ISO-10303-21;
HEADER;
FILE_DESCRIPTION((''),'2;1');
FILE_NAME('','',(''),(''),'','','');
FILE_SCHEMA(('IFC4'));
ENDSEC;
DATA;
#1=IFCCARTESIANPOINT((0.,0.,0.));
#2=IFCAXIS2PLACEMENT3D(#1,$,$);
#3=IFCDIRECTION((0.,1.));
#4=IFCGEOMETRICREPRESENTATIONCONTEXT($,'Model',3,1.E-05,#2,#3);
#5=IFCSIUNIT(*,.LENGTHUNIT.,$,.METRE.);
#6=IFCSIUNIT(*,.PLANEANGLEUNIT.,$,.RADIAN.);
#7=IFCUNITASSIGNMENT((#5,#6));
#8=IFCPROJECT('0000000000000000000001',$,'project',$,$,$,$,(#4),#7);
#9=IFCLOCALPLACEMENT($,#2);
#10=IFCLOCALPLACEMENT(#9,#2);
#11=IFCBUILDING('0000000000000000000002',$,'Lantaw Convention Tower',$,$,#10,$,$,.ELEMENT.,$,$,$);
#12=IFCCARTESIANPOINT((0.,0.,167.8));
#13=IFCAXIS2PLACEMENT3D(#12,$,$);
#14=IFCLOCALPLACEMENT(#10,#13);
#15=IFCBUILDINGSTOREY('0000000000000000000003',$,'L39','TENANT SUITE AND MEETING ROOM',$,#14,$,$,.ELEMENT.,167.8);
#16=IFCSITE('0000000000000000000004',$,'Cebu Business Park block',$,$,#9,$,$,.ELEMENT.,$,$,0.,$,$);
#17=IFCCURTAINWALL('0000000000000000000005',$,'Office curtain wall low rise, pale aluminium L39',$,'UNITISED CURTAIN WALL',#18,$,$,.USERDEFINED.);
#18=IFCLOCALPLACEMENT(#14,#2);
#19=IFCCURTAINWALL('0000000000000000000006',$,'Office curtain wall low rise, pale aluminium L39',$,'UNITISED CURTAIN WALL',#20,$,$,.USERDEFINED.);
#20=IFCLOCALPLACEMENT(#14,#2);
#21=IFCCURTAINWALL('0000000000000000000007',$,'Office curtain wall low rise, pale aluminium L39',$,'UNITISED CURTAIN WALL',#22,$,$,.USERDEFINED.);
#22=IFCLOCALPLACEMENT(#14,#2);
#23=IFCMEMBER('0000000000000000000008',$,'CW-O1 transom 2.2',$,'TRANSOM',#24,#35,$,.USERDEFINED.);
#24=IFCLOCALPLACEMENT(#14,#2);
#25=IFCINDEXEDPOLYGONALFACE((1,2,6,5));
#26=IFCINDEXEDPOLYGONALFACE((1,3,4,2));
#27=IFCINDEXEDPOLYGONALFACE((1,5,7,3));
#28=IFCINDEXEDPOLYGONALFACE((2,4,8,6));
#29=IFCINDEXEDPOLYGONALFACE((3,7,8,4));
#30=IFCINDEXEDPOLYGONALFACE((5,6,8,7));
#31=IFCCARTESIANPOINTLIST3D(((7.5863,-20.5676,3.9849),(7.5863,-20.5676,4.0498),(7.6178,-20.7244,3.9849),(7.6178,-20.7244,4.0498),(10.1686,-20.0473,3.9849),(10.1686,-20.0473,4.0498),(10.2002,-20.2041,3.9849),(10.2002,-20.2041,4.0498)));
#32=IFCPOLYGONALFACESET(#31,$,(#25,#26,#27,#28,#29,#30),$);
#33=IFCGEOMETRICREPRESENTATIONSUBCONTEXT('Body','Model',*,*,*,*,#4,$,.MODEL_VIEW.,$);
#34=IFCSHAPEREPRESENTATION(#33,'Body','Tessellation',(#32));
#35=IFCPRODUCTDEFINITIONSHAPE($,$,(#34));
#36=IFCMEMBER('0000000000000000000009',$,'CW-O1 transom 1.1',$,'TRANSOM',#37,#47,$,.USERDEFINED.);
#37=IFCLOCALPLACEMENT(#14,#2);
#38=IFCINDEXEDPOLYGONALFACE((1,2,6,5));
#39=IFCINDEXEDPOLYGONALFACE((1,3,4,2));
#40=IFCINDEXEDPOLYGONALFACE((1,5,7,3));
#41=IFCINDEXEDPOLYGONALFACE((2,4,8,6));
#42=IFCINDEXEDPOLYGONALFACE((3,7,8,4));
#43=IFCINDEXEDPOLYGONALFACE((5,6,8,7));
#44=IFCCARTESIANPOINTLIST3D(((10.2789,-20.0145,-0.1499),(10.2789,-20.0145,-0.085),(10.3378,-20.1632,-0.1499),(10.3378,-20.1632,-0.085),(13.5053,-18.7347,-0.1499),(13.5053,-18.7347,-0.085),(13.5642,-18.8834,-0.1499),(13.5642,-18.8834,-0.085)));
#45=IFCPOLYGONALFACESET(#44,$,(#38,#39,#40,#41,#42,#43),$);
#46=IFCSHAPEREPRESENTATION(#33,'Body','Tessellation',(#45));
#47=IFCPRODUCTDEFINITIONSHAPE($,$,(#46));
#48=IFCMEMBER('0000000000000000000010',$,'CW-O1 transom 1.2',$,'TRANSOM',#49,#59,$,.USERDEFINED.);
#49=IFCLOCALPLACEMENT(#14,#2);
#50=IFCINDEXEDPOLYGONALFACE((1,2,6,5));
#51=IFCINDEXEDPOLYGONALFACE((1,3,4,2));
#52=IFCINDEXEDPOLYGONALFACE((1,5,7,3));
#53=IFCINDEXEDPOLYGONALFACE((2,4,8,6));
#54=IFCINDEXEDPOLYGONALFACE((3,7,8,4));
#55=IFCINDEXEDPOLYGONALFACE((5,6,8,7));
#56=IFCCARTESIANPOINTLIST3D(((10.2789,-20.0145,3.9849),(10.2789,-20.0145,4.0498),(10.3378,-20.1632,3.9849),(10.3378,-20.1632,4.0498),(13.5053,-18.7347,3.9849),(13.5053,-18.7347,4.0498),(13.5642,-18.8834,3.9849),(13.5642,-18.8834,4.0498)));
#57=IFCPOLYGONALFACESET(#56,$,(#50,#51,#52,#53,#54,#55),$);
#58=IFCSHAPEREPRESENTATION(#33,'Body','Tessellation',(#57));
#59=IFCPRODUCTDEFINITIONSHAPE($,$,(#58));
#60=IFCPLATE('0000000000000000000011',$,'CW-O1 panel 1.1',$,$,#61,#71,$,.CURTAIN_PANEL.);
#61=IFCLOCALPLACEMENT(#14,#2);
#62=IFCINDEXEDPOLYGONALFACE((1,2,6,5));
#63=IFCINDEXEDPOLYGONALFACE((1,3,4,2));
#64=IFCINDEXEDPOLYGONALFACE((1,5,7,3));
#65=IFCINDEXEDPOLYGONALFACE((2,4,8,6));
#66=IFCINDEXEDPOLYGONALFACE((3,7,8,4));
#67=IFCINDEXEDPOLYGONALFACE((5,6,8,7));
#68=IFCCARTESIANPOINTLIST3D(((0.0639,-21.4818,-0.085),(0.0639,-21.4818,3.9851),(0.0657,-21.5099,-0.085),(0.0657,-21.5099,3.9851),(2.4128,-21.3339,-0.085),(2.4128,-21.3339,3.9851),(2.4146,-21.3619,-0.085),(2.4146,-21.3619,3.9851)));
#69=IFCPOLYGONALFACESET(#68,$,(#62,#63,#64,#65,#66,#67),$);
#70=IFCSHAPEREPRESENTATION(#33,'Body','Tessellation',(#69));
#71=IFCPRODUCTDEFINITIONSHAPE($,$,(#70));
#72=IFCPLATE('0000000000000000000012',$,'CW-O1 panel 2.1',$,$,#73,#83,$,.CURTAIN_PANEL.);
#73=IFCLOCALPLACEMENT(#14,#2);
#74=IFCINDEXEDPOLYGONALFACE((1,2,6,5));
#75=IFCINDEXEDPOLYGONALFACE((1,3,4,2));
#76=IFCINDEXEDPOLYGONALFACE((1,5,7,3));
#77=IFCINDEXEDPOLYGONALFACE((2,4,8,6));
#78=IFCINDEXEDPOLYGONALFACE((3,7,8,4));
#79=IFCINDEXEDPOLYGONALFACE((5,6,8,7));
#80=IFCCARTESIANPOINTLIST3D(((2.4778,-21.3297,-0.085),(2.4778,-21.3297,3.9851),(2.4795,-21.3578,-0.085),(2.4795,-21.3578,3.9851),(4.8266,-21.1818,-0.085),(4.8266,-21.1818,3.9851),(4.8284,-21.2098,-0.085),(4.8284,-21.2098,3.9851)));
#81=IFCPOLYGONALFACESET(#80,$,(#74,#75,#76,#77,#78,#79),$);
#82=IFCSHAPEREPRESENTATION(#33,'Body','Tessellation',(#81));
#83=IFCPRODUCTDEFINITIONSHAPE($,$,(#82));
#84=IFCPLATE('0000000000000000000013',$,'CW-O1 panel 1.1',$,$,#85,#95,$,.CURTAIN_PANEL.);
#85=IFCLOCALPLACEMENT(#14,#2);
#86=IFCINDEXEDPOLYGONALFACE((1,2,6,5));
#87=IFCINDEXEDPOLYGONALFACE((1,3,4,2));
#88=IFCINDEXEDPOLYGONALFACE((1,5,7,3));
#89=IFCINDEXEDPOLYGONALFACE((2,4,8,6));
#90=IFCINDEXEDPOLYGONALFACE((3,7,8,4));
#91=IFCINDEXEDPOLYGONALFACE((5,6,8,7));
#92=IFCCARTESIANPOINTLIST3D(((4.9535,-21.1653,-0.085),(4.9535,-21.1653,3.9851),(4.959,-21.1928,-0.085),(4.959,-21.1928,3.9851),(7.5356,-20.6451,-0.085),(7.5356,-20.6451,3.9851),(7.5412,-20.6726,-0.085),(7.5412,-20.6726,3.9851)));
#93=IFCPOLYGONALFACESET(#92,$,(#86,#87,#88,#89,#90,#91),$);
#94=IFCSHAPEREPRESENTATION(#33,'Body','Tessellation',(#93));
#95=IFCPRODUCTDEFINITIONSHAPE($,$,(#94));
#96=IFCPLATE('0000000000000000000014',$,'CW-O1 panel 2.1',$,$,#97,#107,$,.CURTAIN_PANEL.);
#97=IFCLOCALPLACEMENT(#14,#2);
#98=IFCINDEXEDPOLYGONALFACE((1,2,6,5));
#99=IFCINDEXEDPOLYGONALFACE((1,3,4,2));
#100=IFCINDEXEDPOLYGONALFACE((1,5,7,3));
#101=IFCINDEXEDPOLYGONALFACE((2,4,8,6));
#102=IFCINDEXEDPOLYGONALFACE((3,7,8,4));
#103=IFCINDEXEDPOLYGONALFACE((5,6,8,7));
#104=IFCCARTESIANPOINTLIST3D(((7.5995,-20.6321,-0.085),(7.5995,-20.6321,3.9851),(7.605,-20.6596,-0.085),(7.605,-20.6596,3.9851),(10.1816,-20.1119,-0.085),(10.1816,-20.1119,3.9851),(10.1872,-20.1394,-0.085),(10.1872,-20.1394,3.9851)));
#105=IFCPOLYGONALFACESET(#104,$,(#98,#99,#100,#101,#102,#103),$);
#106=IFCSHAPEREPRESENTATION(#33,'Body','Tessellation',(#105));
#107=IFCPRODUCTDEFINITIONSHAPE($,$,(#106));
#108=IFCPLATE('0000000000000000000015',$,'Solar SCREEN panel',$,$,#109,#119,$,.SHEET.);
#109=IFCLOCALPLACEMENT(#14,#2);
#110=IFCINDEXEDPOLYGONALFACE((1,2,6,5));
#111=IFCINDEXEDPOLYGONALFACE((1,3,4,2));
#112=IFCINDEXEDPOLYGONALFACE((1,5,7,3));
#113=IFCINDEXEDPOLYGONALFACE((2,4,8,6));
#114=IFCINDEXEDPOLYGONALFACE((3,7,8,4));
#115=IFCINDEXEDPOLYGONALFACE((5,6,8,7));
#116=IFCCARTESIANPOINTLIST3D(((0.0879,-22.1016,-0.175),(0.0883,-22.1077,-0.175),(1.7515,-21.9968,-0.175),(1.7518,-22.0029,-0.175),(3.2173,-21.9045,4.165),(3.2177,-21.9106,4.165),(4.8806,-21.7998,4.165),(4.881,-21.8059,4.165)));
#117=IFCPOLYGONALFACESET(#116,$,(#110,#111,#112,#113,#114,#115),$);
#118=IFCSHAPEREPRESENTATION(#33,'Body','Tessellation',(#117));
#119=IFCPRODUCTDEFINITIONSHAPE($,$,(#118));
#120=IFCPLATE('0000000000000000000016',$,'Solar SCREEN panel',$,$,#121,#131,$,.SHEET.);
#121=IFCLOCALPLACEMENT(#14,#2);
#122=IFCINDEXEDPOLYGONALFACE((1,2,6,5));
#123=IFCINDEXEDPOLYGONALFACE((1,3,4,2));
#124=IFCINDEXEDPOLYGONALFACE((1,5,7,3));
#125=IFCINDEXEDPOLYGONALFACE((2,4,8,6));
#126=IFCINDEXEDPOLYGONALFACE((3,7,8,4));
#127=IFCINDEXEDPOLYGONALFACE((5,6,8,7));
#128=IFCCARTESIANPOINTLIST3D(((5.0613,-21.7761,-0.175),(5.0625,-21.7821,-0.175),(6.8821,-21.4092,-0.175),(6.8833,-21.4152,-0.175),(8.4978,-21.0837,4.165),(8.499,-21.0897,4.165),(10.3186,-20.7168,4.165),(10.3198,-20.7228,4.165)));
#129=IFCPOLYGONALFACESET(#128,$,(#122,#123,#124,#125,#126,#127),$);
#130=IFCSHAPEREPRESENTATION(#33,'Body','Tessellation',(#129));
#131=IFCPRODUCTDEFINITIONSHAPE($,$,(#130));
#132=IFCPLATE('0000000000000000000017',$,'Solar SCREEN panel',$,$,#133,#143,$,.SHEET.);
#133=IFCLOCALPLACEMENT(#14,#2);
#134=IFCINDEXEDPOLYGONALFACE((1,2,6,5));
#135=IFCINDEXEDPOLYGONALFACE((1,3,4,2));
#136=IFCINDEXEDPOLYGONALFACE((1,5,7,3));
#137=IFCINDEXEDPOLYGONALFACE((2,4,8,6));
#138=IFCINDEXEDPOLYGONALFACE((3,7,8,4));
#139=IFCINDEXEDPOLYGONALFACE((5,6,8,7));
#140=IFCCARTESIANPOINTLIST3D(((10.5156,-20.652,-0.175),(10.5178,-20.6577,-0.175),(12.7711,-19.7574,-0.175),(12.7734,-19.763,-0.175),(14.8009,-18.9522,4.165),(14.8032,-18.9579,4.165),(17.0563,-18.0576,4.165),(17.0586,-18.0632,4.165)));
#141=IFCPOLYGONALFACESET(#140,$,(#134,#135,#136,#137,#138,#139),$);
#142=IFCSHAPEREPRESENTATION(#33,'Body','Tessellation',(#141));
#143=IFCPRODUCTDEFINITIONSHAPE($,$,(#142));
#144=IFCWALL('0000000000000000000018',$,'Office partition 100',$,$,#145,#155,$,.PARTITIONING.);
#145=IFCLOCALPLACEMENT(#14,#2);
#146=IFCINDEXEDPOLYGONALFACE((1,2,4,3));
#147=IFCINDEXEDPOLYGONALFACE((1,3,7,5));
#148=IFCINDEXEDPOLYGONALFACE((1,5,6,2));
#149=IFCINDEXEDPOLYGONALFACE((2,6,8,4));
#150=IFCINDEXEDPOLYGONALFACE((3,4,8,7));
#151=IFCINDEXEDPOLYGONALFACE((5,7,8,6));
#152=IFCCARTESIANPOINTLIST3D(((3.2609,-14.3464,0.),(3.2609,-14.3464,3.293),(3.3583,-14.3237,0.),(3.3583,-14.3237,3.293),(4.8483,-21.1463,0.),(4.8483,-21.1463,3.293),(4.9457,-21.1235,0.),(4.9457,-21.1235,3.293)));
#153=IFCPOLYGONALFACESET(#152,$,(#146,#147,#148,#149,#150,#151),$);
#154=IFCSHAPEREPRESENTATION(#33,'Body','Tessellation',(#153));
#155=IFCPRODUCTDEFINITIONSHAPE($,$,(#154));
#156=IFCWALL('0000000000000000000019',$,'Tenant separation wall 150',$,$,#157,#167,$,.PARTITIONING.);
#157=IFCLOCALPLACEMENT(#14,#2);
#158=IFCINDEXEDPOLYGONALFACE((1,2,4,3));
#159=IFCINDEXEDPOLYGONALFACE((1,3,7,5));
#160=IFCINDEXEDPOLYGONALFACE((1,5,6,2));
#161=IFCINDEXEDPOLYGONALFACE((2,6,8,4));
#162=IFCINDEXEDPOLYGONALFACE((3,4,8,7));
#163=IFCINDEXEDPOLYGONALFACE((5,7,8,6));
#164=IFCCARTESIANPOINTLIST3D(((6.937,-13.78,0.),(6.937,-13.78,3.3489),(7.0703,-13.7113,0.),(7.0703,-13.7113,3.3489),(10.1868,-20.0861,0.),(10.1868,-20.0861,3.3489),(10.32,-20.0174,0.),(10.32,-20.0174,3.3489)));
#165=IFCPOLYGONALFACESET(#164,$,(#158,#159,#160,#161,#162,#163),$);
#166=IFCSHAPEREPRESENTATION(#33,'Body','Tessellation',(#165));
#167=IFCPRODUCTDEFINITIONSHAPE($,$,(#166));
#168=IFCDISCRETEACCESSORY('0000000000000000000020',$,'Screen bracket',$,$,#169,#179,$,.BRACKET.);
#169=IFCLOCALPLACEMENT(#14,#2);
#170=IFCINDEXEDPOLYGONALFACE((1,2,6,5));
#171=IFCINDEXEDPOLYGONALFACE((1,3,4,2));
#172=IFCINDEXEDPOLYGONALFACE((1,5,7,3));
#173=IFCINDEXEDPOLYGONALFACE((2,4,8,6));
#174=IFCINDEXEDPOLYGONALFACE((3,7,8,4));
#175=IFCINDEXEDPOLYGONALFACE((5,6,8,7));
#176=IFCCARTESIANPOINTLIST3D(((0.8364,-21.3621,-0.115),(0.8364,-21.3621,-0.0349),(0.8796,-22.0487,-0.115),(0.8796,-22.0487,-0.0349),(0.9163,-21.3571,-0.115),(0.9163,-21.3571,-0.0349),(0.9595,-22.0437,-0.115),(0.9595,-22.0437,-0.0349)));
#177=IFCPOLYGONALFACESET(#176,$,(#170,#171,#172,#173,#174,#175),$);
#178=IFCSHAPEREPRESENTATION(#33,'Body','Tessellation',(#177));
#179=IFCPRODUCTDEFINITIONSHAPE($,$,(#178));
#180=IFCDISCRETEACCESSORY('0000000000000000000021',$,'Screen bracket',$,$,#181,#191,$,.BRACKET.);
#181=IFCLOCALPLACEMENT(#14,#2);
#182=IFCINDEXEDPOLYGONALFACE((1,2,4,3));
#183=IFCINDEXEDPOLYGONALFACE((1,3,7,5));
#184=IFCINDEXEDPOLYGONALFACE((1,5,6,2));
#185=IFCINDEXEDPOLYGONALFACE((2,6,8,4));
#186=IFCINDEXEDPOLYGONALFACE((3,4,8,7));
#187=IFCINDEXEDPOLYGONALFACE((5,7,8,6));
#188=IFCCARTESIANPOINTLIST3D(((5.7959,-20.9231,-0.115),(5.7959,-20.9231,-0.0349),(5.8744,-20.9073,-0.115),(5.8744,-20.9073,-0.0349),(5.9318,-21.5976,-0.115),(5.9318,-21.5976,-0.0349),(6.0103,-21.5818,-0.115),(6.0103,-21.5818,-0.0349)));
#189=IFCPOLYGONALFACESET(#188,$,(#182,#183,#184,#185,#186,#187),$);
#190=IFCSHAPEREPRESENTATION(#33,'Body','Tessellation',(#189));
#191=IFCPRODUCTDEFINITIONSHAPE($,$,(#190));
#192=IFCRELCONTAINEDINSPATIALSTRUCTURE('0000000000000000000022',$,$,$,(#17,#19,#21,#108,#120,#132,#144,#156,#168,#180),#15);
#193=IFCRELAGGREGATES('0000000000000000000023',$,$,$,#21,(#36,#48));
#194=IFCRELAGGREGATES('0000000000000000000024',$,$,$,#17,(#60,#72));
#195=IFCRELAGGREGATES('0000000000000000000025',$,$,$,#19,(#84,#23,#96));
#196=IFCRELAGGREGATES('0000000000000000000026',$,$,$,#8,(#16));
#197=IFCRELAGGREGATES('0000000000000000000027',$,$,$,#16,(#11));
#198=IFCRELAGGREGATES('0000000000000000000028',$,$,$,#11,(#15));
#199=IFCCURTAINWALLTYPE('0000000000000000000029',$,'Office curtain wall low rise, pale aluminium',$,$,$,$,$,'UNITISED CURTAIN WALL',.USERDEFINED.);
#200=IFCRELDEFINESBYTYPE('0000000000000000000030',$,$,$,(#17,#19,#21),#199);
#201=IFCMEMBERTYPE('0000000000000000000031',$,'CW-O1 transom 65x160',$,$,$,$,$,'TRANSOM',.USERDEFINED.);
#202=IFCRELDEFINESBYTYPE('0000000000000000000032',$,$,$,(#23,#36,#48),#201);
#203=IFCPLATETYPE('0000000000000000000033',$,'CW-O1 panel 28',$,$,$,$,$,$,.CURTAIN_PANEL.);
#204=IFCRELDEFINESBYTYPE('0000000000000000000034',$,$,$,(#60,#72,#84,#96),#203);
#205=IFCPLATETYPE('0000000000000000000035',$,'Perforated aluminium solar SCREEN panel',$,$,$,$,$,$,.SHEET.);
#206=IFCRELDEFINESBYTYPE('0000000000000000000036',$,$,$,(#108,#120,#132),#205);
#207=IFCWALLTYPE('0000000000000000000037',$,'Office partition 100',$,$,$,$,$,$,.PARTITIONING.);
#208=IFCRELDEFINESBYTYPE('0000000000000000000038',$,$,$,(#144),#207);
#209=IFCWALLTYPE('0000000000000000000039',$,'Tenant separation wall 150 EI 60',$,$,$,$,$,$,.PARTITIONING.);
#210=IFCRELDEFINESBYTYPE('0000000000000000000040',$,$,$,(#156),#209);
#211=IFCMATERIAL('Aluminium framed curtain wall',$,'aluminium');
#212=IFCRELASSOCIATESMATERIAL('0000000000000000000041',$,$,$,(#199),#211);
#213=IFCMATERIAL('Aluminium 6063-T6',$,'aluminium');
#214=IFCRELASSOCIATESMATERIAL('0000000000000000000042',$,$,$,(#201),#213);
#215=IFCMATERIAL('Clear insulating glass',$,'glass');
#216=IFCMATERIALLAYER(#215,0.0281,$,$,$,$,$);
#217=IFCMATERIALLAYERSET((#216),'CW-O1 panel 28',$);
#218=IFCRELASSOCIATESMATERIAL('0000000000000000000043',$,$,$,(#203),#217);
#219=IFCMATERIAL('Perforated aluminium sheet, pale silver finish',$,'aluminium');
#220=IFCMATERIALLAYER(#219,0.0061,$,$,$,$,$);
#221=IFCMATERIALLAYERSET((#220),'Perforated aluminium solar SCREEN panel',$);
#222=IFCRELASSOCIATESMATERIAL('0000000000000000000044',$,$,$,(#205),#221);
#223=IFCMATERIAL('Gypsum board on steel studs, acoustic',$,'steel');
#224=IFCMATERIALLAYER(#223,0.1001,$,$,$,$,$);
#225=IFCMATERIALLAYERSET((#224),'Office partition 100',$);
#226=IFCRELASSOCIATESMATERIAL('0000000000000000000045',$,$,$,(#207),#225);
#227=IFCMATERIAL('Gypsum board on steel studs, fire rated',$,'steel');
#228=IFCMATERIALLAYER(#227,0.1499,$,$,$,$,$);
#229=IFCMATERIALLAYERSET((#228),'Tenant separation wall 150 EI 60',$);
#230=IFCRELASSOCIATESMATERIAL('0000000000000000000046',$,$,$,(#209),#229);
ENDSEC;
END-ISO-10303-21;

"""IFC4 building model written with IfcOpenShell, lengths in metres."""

from ifc_helpers import new_model, si_unit, direction, frame, frame_2d, origin, origin_2d, place, context, subcontext, project, spatial, polyline, rectangle, outline, extrude, material, layer, layer_set, material_profile, profile_set, type_object, element, aggregate, save


model = new_model("IFC4")

# Units and contexts
model_context = context("Model", 3, precision=1e-05, world=origin(), true_north=direction((0.0, 1.0)))
body_context = subcontext(model_context, "Body", "Model", "MODEL_VIEW")
ifc_project = project(units=[si_unit("LENGTHUNIT", "METRE"), si_unit("PLANEANGLEUNIT", "RADIAN")], contexts=[model_context])

# Site, building, storey
site_placement = place(None, origin())
site = spatial("IfcSite", under=ifc_project, at=site_placement, Name="Cebu Business Park block", CompositionType="ELEMENT", RefElevation=0.0)
building_placement = place(site_placement, origin())
building = spatial("IfcBuilding", under=site, at=building_placement, Name="Lantaw Convention Tower", CompositionType="ELEMENT")
storey_placement = place(building_placement, frame((0.0, 0.0, 167.8)))
storey = spatial("IfcBuildingStorey", under=building, at=storey_placement, Name="L39", Description="TENANT SUITE AND MEETING ROOM", CompositionType="ELEMENT", Elevation=167.8)

# Curtain walls
ifc_material_1 = material(Name="Aluminium framed curtain wall", Category="aluminium")
curtain_wall_type = type_object("IfcCurtainWallType", Name="Office curtain wall low rise, pale aluminium", ElementType="UNITISED CURTAIN WALL", PredefinedType="USERDEFINED", material=ifc_material_1)
curtain_wall_1_placement = place(storey_placement, origin())
curtain_wall_1 = element("IfcCurtainWall", 1, at=curtain_wall_1_placement, inside=storey, type_object=curtain_wall_type, Name="Office curtain wall low rise, pale aluminium L39", ObjectType="UNITISED CURTAIN WALL", PredefinedType="USERDEFINED")
ifc_material_2 = material(Name="Aluminium 6063-T6", Category="aluminium")
curtain_wall_2_placement = place(storey_placement, origin())
curtain_wall_2 = element("IfcCurtainWall", 2, at=curtain_wall_2_placement, inside=storey, type_object=curtain_wall_type, Name="Office curtain wall low rise, pale aluminium L39", ObjectType="UNITISED CURTAIN WALL", PredefinedType="USERDEFINED")

# Curtain wall
curtain_wall_3_placement = place(storey_placement, origin())
curtain_wall_3 = element("IfcCurtainWall", 3, at=curtain_wall_3_placement, inside=storey, type_object=curtain_wall_type, Name="Office curtain wall low rise, pale aluminium L39", ObjectType="UNITISED CURTAIN WALL", PredefinedType="USERDEFINED")

# Members
ifc_material_profile_1 = material_profile(ifc_material_2, rectangle(XDim=0.1599, YDim=0.0649, at=origin_2d()), Name="CW-O1 transom 65x160")
ifc_profile_set_1 = profile_set([ifc_material_profile_1], Name="Aluminium 6063-T6")
member_type_1 = type_object("IfcMemberType", Name="CW-O1 transom 65x160", ElementType="TRANSOM", PredefinedType="USERDEFINED", material=ifc_profile_set_1)
member_1_placement = place(storey_placement, frame((7.6021, -20.646, 4.0173), z_axis=(0.980302, 0.197506, 0.0), x_axis=(-0.197506, 0.980302, 0.0)))
member_1 = element("IfcMember", 4, at=member_1_placement, type_object=member_type_1, Name="CW-O1 transom 2.2", ObjectType="TRANSOM", PredefinedType="USERDEFINED", context=body_context, shape_type="SweptSolid", body=[
    extrude(rectangle(XDim=0.1599, YDim=0.0649, at=origin_2d()), origin(), (0.0, 0.0, 1.0), 2.6343),
])
member_2_placement = place(storey_placement, frame((10.3083, -20.0889, -0.1174), z_axis=(0.92954, 0.368721, 0.0), x_axis=(-0.368721, 0.92954, 0.0)))
member_2 = element("IfcMember", 5, at=member_2_placement, type_object=member_type_1, Name="CW-O1 transom 1.1", ObjectType="TRANSOM", PredefinedType="USERDEFINED", context=body_context, shape_type="SweptSolid", body=[
    extrude(rectangle(XDim=0.1599, YDim=0.0649, at=origin_2d()), origin(), (0.0, 0.0, 1.0), 3.4709),
])
member_3_placement = place(storey_placement, frame((10.3083, -20.0889, 4.0173), z_axis=(0.92954, 0.368721, 0.0), x_axis=(-0.368721, 0.92954, 0.0)))
member_3 = element("IfcMember", 6, at=member_3_placement, type_object=member_type_1, Name="CW-O1 transom 1.2", ObjectType="TRANSOM", PredefinedType="USERDEFINED", context=body_context, shape_type="SweptSolid", body=[
    extrude(rectangle(XDim=0.1599, YDim=0.0649, at=origin_2d()), origin(), (0.0, 0.0, 1.0), 3.4709),
])
aggregate(curtain_wall_3, [member_2, member_3])

# Plates
ifc_material_3 = material(Name="Clear insulating glass", Category="glass")
ifc_layer_1 = layer(ifc_material_3, 0.0281)
ifc_layer_set_1 = layer_set([ifc_layer_1], Name="CW-O1 panel 28")
plate_type_1 = type_object("IfcPlateType", Name="CW-O1 panel 28", PredefinedType="CURTAIN_PANEL", material=ifc_layer_set_1)
plate_1_placement = place(storey_placement, frame((1.2393, -21.4219, -0.085), z_axis=(0.0, 0.0, 1.0), x_axis=(0.998022, 0.062865, 0.0)))
plate_1 = element("IfcPlate", 7, at=plate_1_placement, type_object=plate_type_1, Name="CW-O1 panel 1.1", PredefinedType="CURTAIN_PANEL", context=body_context, shape_type="SweptSolid", body=[
    extrude(rectangle(XDim=2.3535, YDim=0.0281, at=origin_2d()), origin(), (0.0, 0.0, 1.0), 4.0701),
])
plate_2_placement = place(storey_placement, frame((3.6531, -21.2698, -0.085), z_axis=(0.0, 0.0, 1.0), x_axis=(0.998022, 0.062865, 0.0)))
plate_2 = element("IfcPlate", 8, at=plate_2_placement, type_object=plate_type_1, Name="CW-O1 panel 2.1", PredefinedType="CURTAIN_PANEL", context=body_context, shape_type="SweptSolid", body=[
    extrude(rectangle(XDim=2.3535, YDim=0.0281, at=origin_2d()), origin(), (0.0, 0.0, 1.0), 4.0701),
])
aggregate(curtain_wall_1, [plate_1, plate_2])
plate_3_placement = place(storey_placement, frame((6.2473, -20.9189, -0.085), z_axis=(0.0, 0.0, 1.0), x_axis=(0.980302, 0.197507, 0.0)))
plate_3 = element("IfcPlate", 9, at=plate_3_placement, type_object=plate_type_1, Name="CW-O1 panel 1.1", PredefinedType="CURTAIN_PANEL", context=body_context, shape_type="SweptSolid", body=[
    extrude(rectangle(XDim=2.634, YDim=0.0281, at=origin_2d()), origin(), (0.0, 0.0, 1.0), 4.0701),
])
plate_4_placement = place(storey_placement, frame((8.8933, -20.3857, -0.085), z_axis=(0.0, 0.0, 1.0), x_axis=(0.980302, 0.197507, 0.0)))
plate_4 = element("IfcPlate", 10, at=plate_4_placement, type_object=plate_type_1, Name="CW-O1 panel 2.1", PredefinedType="CURTAIN_PANEL", context=body_context, shape_type="SweptSolid", body=[
    extrude(rectangle(XDim=2.634, YDim=0.0281, at=origin_2d()), origin(), (0.0, 0.0, 1.0), 4.0701),
])
aggregate(curtain_wall_2, [plate_3, member_1, plate_4])

# Plates
ifc_material_4 = material(Name="Perforated aluminium sheet, pale silver finish", Category="aluminium")
ifc_layer_2 = layer(ifc_material_4, 0.0061)
ifc_layer_set_2 = layer_set([ifc_layer_2], Name="Perforated aluminium solar SCREEN panel")
plate_type_2 = type_object("IfcPlateType", Name="Perforated aluminium solar SCREEN panel", PredefinedType="SHEET", material=ifc_layer_set_2)
plate_5_placement = place(storey_placement, frame((0.0879, -22.1016, -0.175), z_axis=(-0.062839, 0.998024, 0.000002), x_axis=(0.998024, 0.062839, 0.0)))
element("IfcPlate", 11, at=plate_5_placement, inside=storey, type_object=plate_type_2, Name="Solar SCREEN panel", PredefinedType="SHEET", context=body_context, shape_type="SweptSolid", body=[
    extrude(outline(polyline([(0.0, 0.0), (1.6669, 0.0), (4.8022, -4.3401), (3.1356, -4.3401), (0.0, 0.0)])), origin(), (0.0, 0.0, -1.0), 0.0061),
])
plate_6_placement = place(storey_placement, frame((5.0613, -21.7761, -0.175), z_axis=(-0.197557, 0.980291, 0.000039), x_axis=(0.980291, 0.197557, 0.0)))
element("IfcPlate", 12, at=plate_6_placement, inside=storey, type_object=plate_type_2, Name="Solar SCREEN panel", PredefinedType="SHEET", context=body_context, shape_type="SweptSolid", body=[
    extrude(outline(polyline([(0.0, 0.0), (1.8574, 0.0), (5.363, -4.3401), (3.5056, -4.3401), (0.0, 0.0)])), origin(), (0.0, 0.0, -1.0), 0.0061),
])
plate_7_placement = place(storey_placement, frame((10.5178, -20.6577, -0.175), z_axis=(0.368709, -0.929545, 0.000011), x_axis=(0.929545, 0.368709, 0.0)))
element("IfcPlate", 13, at=plate_7_placement, inside=storey, type_object=plate_type_2, Name="Solar SCREEN panel", PredefinedType="SHEET", context=body_context, shape_type="SweptSolid", body=[
    extrude(outline(polyline([(0.0, 0.0), (2.4265, 0.0), (7.0365, 4.3401), (4.6102, 4.3401), (0.0, 0.0)])), origin(), (0.0, 0.0, -1.0), 0.0061),
])

# Walls
ifc_material_5 = material(Name="Gypsum board on steel studs, acoustic", Category="steel")
ifc_layer_3 = layer(ifc_material_5, 0.1001)
ifc_layer_set_3 = layer_set([ifc_layer_3], Name="Office partition 100")
wall_type_1 = type_object("IfcWallType", Name="Office partition 100", PredefinedType="PARTITIONING", material=ifc_layer_set_3)
wall_1_placement = place(storey_placement, frame((4.897, -21.1348, 0.0), z_axis=(0.0, 0.0, 1.0), x_axis=(-0.227336, 0.973816, 0.0)))
element("IfcWall", 14, at=wall_1_placement, inside=storey, type_object=wall_type_1, Name="Office partition 100", PredefinedType="PARTITIONING", context=body_context, shape_type="SweptSolid", body=[
    extrude(rectangle(XDim=6.9827, YDim=0.1001, at=frame_2d((3.4912, 0.0))), origin(), (0.0, 0.0, 1.0), 3.293),
])
ifc_material_6 = material(Name="Gypsum board on steel studs, fire rated", Category="steel")
ifc_layer_4 = layer(ifc_material_6, 0.1499)
ifc_layer_set_4 = layer_set([ifc_layer_4], Name="Tenant separation wall 150 EI 60")
wall_type_2 = type_object("IfcWallType", Name="Tenant separation wall 150 EI 60", PredefinedType="PARTITIONING", material=ifc_layer_set_4)
wall_2_placement = place(storey_placement, frame((10.2534, -20.0518, 0.0), z_axis=(0.0, 0.0, 1.0), x_axis=(-0.458083, 0.88891, 0.0)))
element("IfcWall", 15, at=wall_2_placement, inside=storey, type_object=wall_type_2, Name="Tenant separation wall 150", PredefinedType="PARTITIONING", context=body_context, shape_type="SweptSolid", body=[
    extrude(rectangle(XDim=7.0942, YDim=0.1499, at=frame_2d((3.5471, 0.0))), origin(), (0.0, 0.0, 1.0), 3.3489),
])

# Discrete accessories
for number, where, z_axis, x_axis, name in (
    (16, (0.8979, -21.7029, -0.115), (0.0, 0.0, 1.0), (0.998022, 0.062865, 0.0), "Screen bracket"),
    (17, (5.9031, -21.2524, -0.115), (0.0, 0.0, 1.0), (0.980302, 0.197507, 0.0), "Screen bracket"),
):
    element("IfcDiscreteAccessory", number, at=place(storey_placement, frame(where, z_axis=z_axis, x_axis=x_axis)), inside=storey, Name=name, PredefinedType="BRACKET", context=body_context, shape_type="SweptSolid", body=[
        extrude(rectangle(XDim=0.0801, YDim=0.688, at=origin_2d()), origin(), (0.0, 0.0, 1.0), 0.0801),
    ])

save(model, "model.ifc")
